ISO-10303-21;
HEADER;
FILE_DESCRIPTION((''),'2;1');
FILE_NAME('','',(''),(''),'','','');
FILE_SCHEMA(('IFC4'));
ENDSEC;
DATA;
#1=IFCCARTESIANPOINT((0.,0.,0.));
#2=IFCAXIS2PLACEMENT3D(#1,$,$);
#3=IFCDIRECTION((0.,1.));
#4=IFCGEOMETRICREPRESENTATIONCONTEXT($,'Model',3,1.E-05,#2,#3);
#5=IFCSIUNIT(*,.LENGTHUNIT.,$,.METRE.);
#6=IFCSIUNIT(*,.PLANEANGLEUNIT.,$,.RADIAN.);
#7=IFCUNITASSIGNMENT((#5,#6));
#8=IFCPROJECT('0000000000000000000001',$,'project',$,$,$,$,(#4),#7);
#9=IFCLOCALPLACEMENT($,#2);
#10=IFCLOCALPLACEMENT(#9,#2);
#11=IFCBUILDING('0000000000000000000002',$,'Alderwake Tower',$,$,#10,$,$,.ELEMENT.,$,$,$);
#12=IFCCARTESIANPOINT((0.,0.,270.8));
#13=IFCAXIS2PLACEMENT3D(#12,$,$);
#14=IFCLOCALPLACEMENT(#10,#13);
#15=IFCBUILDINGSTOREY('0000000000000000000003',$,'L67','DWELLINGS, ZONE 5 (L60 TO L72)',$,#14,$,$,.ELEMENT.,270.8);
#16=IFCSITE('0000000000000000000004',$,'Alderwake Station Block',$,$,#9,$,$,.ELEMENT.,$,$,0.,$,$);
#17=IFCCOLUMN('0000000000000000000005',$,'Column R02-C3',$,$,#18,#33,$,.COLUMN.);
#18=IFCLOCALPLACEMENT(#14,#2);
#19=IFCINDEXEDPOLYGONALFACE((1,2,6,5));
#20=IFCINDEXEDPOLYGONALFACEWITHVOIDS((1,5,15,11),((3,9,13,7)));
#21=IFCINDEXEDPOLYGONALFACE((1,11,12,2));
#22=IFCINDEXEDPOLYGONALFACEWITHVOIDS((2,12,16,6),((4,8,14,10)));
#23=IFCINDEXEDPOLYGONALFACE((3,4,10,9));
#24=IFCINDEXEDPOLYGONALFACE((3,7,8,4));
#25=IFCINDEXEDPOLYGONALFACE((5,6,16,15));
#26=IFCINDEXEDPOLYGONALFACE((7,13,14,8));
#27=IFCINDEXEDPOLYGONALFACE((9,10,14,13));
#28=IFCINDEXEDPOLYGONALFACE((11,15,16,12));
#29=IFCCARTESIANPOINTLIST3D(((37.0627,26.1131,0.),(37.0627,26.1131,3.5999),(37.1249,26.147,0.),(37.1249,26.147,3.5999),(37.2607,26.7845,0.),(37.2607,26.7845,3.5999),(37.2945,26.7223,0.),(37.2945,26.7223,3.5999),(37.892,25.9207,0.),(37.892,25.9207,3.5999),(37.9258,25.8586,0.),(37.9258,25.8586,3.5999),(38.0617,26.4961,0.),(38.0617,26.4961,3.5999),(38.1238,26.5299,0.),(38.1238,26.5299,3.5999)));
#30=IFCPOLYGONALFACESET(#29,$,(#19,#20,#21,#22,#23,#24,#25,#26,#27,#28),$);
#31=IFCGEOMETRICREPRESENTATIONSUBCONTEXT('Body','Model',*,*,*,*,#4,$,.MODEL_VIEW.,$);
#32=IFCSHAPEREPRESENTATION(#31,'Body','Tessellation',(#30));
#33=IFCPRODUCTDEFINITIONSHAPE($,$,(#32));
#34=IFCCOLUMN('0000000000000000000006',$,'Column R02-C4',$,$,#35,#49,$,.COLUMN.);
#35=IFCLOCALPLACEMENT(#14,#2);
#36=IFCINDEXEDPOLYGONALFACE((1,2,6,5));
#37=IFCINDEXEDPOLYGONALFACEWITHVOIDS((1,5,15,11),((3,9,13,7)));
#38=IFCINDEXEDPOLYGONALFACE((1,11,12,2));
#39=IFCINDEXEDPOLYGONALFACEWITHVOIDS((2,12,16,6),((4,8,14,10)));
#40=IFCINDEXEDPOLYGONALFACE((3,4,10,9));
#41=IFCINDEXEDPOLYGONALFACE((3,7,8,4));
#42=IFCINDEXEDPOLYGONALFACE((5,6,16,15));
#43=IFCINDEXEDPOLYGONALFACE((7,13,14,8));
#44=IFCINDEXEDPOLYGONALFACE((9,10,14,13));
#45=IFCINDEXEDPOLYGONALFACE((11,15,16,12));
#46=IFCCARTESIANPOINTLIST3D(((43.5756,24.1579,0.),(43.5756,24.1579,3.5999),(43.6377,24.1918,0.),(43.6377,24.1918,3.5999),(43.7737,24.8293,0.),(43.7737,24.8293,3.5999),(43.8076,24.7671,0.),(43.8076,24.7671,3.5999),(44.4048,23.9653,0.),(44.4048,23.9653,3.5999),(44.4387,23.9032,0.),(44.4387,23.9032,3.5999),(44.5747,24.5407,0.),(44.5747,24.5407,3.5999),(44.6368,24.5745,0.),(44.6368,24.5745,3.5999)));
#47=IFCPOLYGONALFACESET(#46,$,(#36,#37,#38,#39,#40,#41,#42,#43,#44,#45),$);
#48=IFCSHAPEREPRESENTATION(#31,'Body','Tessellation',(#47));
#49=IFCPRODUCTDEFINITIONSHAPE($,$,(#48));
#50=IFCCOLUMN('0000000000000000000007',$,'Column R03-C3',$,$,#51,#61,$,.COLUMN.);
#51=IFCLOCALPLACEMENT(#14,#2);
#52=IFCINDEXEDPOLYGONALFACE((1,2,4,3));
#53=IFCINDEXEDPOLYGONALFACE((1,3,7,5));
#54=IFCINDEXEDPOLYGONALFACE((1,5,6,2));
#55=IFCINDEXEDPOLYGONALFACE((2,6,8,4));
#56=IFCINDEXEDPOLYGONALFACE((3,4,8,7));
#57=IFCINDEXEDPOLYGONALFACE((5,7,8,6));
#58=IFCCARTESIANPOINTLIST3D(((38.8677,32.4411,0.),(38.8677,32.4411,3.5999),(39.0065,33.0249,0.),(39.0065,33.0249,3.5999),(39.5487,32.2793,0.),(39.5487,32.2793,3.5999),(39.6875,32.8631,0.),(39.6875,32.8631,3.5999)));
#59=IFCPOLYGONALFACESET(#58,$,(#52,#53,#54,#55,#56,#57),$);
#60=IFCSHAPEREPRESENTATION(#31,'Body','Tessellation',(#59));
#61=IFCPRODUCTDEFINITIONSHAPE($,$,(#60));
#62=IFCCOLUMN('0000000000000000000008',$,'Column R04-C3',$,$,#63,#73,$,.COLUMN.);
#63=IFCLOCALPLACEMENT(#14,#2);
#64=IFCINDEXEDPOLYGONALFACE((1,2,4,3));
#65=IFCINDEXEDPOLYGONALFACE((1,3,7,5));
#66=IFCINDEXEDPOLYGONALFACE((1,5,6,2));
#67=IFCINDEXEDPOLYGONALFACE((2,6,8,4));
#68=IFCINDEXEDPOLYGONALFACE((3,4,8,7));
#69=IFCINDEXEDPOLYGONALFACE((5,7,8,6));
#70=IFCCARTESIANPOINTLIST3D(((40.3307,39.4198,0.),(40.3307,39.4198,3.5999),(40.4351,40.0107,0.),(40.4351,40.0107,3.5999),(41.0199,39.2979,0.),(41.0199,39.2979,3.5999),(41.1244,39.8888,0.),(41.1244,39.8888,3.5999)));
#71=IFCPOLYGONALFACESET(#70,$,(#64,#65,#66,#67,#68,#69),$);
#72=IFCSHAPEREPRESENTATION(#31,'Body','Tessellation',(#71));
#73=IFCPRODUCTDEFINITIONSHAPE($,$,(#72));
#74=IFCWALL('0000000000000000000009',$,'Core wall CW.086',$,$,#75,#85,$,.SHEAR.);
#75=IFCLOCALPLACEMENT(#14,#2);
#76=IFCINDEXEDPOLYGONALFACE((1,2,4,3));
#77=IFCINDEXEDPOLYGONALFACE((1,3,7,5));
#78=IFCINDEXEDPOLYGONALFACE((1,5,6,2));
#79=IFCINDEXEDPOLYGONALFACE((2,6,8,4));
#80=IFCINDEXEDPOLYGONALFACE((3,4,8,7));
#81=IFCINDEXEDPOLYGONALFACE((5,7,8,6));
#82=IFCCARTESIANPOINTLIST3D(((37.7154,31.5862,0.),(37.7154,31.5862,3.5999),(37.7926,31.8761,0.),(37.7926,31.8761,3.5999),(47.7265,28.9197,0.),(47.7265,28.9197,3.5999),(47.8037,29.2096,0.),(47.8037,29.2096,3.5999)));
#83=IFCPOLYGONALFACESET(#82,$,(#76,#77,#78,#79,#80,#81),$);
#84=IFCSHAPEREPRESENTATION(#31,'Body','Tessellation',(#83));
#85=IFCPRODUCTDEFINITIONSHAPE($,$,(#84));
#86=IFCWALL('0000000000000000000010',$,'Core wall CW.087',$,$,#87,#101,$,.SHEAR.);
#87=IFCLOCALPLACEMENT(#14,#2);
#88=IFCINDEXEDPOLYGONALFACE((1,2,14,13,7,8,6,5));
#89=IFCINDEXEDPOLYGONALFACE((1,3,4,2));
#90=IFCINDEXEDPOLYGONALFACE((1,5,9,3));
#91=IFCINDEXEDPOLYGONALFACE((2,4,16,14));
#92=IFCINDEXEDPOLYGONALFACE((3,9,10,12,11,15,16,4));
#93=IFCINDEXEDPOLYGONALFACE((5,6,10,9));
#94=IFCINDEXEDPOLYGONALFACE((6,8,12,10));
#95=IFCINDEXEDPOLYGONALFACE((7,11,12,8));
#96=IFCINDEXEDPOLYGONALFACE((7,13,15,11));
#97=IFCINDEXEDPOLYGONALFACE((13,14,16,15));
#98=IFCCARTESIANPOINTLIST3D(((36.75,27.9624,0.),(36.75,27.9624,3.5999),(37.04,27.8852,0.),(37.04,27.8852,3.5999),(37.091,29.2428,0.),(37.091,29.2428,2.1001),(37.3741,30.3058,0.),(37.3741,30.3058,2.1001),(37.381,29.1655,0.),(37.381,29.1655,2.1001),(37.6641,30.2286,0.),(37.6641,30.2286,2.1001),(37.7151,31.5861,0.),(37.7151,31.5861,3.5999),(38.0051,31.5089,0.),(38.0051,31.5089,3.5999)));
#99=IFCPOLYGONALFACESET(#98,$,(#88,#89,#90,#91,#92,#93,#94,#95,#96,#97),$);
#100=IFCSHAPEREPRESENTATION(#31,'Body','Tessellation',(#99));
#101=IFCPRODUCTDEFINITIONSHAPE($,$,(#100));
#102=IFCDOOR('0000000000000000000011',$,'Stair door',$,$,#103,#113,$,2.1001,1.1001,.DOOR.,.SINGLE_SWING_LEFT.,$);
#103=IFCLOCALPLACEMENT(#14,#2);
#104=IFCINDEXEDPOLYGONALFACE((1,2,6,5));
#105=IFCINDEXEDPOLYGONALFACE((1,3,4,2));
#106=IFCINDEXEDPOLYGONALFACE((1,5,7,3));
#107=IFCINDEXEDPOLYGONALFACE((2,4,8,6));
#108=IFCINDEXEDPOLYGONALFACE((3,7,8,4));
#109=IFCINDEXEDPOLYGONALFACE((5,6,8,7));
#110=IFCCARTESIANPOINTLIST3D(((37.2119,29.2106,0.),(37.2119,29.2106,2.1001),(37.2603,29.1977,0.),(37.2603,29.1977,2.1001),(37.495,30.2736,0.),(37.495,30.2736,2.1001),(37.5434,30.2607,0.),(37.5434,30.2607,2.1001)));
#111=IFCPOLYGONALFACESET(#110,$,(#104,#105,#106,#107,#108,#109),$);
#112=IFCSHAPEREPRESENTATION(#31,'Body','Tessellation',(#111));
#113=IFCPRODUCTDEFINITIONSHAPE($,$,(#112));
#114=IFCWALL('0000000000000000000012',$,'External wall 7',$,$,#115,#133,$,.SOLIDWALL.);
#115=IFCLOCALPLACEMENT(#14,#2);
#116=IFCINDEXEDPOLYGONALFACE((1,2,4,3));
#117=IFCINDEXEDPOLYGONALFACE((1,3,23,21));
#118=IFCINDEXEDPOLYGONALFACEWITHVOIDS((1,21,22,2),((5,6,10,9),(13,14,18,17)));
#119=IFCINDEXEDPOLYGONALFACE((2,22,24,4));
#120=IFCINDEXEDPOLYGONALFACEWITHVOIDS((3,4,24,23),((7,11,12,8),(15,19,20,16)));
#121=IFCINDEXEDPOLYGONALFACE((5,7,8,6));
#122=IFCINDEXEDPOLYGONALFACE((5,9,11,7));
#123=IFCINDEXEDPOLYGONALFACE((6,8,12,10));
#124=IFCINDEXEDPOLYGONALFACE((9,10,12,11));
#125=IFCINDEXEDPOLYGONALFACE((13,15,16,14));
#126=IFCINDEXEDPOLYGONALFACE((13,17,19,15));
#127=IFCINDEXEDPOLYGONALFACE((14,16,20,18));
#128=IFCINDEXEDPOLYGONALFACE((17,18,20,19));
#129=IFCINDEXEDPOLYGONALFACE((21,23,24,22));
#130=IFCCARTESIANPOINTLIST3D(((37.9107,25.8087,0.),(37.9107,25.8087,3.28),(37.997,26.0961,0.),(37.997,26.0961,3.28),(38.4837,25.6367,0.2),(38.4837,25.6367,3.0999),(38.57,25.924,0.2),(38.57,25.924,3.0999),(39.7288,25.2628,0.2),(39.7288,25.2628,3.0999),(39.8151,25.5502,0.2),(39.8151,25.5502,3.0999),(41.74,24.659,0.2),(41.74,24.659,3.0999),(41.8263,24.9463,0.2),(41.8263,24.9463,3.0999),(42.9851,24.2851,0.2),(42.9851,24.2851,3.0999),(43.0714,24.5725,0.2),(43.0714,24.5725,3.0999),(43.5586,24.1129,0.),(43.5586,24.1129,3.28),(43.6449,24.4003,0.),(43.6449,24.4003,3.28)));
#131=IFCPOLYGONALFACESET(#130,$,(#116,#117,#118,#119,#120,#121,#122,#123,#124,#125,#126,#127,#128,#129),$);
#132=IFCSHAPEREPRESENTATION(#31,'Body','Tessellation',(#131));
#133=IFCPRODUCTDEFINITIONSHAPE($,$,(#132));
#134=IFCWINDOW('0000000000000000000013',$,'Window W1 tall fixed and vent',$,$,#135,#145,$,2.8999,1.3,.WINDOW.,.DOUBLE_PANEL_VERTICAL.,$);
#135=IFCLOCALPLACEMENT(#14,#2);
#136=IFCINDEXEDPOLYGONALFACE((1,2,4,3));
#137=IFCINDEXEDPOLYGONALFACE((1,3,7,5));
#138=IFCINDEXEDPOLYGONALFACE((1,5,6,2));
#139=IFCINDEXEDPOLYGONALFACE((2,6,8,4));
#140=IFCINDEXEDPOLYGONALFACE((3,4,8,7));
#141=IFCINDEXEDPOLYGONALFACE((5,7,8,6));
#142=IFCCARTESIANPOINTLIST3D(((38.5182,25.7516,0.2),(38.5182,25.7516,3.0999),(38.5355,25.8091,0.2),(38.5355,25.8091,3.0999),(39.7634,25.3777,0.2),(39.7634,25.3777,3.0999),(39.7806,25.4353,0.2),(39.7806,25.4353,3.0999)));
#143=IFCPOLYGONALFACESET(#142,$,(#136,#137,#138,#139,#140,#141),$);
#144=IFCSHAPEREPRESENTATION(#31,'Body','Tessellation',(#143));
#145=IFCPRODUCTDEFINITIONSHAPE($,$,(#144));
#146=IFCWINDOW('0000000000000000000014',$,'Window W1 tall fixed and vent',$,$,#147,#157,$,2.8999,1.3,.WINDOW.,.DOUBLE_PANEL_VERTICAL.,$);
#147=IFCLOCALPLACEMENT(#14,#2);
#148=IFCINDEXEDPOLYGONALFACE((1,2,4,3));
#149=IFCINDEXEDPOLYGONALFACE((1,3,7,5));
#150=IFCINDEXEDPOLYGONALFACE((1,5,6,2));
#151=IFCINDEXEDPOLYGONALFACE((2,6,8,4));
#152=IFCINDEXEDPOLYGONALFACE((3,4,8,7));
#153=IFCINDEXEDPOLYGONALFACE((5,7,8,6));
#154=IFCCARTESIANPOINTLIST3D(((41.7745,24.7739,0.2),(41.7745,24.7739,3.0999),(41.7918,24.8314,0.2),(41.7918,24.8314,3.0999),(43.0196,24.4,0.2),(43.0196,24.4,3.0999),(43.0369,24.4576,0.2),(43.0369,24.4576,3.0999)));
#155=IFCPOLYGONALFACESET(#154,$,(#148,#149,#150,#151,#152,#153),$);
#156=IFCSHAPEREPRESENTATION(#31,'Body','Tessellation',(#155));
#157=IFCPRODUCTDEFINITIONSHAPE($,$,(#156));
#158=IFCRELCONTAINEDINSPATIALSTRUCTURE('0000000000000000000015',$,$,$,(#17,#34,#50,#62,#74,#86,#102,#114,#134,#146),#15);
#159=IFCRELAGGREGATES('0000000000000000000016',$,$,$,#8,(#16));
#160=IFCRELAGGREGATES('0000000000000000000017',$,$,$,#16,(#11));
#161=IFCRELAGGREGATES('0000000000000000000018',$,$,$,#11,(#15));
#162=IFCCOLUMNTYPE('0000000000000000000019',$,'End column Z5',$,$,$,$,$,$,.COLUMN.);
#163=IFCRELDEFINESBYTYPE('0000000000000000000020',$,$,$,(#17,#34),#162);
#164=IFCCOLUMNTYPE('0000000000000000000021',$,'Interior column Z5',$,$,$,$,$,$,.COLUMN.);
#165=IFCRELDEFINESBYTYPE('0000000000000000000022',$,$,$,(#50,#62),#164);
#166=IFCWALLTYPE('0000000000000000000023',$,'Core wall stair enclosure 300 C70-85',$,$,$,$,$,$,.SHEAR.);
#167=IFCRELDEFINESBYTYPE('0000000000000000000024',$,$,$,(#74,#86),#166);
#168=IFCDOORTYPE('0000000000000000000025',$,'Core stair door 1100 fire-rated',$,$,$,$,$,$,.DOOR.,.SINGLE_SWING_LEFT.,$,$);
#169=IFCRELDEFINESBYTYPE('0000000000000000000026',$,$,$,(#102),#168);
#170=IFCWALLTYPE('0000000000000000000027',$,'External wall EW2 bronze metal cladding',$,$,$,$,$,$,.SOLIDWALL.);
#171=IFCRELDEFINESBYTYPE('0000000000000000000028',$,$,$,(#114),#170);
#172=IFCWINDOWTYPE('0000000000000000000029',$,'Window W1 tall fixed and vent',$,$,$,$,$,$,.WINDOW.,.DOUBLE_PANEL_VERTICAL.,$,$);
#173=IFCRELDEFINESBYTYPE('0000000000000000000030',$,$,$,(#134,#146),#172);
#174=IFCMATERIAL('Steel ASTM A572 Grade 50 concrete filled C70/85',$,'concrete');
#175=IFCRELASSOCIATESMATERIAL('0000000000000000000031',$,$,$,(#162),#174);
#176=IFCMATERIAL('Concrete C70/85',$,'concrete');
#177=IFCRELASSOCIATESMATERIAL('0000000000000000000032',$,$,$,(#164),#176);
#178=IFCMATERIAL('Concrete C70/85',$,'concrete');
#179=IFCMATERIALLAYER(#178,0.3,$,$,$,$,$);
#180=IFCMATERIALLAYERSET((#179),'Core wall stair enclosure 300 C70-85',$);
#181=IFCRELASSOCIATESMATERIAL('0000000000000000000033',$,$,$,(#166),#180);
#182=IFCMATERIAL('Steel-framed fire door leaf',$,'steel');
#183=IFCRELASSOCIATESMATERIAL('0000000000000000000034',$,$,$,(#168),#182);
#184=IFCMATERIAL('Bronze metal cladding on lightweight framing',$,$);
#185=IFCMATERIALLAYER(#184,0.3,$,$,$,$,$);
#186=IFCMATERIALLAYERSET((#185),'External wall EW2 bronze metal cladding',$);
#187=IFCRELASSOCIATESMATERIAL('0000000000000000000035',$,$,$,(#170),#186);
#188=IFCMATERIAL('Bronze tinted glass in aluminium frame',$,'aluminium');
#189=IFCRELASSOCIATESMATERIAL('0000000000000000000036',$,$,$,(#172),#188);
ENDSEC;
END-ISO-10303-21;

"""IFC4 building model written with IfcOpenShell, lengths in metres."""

from ifc_helpers import new_model, si_unit, direction, frame, frame_2d, origin, origin_2d, place, context, subcontext, project, spatial, rectangle, hollow_rectangle, extrude, material, layer, layer_set, material_profile, profile_set, type_object, element, fill, save


model = new_model("IFC4")

# Units and contexts
model_context = context("Model", 3, precision=1e-05, world=origin(), true_north=direction((0.0, 1.0)))
body_context = subcontext(model_context, "Body", "Model", "MODEL_VIEW")
ifc_project = project(units=[si_unit("LENGTHUNIT", "METRE"), si_unit("PLANEANGLEUNIT", "RADIAN")], contexts=[model_context])

# Site, building, storey
site_placement = place(None, origin())
site = spatial("IfcSite", under=ifc_project, at=site_placement, Name="Alderwake Station Block", CompositionType="ELEMENT", RefElevation=0.0)
building_placement = place(site_placement, origin())
building = spatial("IfcBuilding", under=site, at=building_placement, Name="Alderwake Tower", CompositionType="ELEMENT")
storey_placement = place(building_placement, frame((0.0, 0.0, 270.8)))
storey = spatial("IfcBuildingStorey", under=building, at=storey_placement, Name="L67", Description="DWELLINGS, ZONE 5 (L60 TO L72)", CompositionType="ELEMENT", Elevation=270.8)

# Columns
ifc_material_1 = material(Name="Steel ASTM A572 Grade 50 concrete filled C70/85", Category="concrete")
ifc_material_profile_1 = material_profile(ifc_material_1, hollow_rectangle(XDim=0.7, YDim=0.8999, WallThickness=0.05, at=origin_2d()), Name="BOX 900X700X50")
ifc_profile_set_1 = profile_set([ifc_material_profile_1], Name="Steel ASTM A572 Grade 50 concrete filled C70/85")
column_type_1 = type_object("IfcColumnType", Name="End column Z5", PredefinedType="COLUMN", material=ifc_profile_set_1)
for number, where, z_axis, x_axis, name in (
    (1, (37.5933, 26.3215, 0.0), (0.0, 0.0, 1.0), (0.282859, 0.959162, 0.0), "Column R02-C3"),
    (2, (44.1062, 24.3662, 0.0), (0.0, 0.0, 1.0), (0.283105, 0.959089, 0.0), "Column R02-C4"),
):
    element("IfcColumn", number, at=place(storey_placement, frame(where, z_axis=z_axis, x_axis=x_axis)), inside=storey, type_object=column_type_1, Name=name, PredefinedType="COLUMN", context=body_context, shape_type="SweptSolid", body=[
        extrude(hollow_rectangle(XDim=0.7, YDim=0.8999, WallThickness=0.05, at=origin_2d()), origin(), (0.0, 0.0, 1.0), 3.5999),
    ])
ifc_material_2 = material(Name="Concrete C70/85", Category="concrete")
ifc_material_profile_2 = material_profile(ifc_material_2, rectangle(XDim=0.6001, YDim=0.7, at=origin_2d()), Name="RC 700X600")
ifc_profile_set_2 = profile_set([ifc_material_profile_2], Name="Concrete C70/85")
column_type_2 = type_object("IfcColumnType", Name="Interior column Z5", PredefinedType="COLUMN", material=ifc_profile_set_2)
for number, where, z_axis, x_axis, name in (
    (3, (39.2776, 32.6521, 0.0), (0.0, 0.0, 1.0), (0.231222, 0.972901, 0.0), "Column R03-C3"),
    (4, (40.7275, 39.6543, 0.0), (0.0, 0.0, 1.0), (0.174109, 0.984726, 0.0), "Column R04-C3"),
):
    element("IfcColumn", number, at=place(storey_placement, frame(where, z_axis=z_axis, x_axis=x_axis)), inside=storey, type_object=column_type_2, Name=name, PredefinedType="COLUMN", context=body_context, shape_type="SweptSolid", body=[
        extrude(rectangle(XDim=0.6001, YDim=0.7, at=origin_2d()), origin(), (0.0, 0.0, 1.0), 3.5999),
    ])

# Wall
ifc_material_3 = material(Name="Concrete C70/85", Category="concrete")
ifc_layer_1 = layer(ifc_material_3, 0.3)
ifc_layer_set_1 = layer_set([ifc_layer_1], Name="Core wall stair enclosure 300 C70-85")
wall_type_1 = type_object("IfcWallType", Name="Core wall stair enclosure 300 C70-85", PredefinedType="SHEAR", material=ifc_layer_set_1)
wall_1_placement = place(storey_placement, frame((37.7539, 31.7312, 0.0), z_axis=(0.0, 0.0, 1.0), x_axis=(0.966309, -0.257384, 0.0)))
element("IfcWall", 5, at=wall_1_placement, inside=storey, type_object=wall_type_1, Name="Core wall CW.086", PredefinedType="SHEAR", context=body_context, shape_type="SweptSolid", body=[
    extrude(rectangle(XDim=10.3601, YDim=0.3, at=frame_2d((5.1802, 0.0))), origin(), (0.0, 0.0, 1.0), 3.5999),
])

# Wall, opening, door
wall_2_placement = place(storey_placement, frame((36.895, 27.9238, 0.0), z_axis=(0.0, 0.0, 1.0), x_axis=(0.257351, 0.966318, 0.0)))
wall_2 = element("IfcWall", 6, at=wall_2_placement, inside=storey, type_object=wall_type_1, Name="Core wall CW.087", PredefinedType="SHEAR", context=body_context, shape_type="SweptSolid", body=[
    extrude(rectangle(XDim=3.75, YDim=0.3, at=frame_2d((1.875, 0.0))), origin(), (0.0, 0.0, 1.0), 3.5999),
])
opening_1_placement = place(wall_2_placement, frame((1.325, 0.0, 0.0)))
opening_1 = element("IfcOpeningElement", 7, at=opening_1_placement, cuts=wall_2, PredefinedType="OPENING", context=body_context, shape_type="SweptSolid", body=[
    extrude(rectangle(XDim=1.1001, YDim=2.1001, at=frame_2d((0.55, 1.05))), frame((0.0, 0.1599, 0.0), z_axis=(0.0, -1.0, 0.0), x_axis=(1.0, 0.0, 0.0)), (0.0, 0.0, 1.0), 0.3201),
])
ifc_material_4 = material(Name="Steel-framed fire door leaf", Category="steel")
door_type = type_object("IfcDoorType", Name="Core stair door 1100 fire-rated", OperationType="SINGLE_SWING_LEFT", PredefinedType="DOOR", material=ifc_material_4)
door_placement = place(opening_1_placement, origin())
door = element("IfcDoor", 8, at=door_placement, inside=storey, type_object=door_type, Name="Stair door", OperationType="SINGLE_SWING_LEFT", OverallHeight=2.1001, OverallWidth=1.1001, PredefinedType="DOOR", context=body_context, shape_type="SweptSolid", body=[
    extrude(rectangle(XDim=1.1001, YDim=2.1001, at=frame_2d((0.55, 1.05))), frame((0.0, 0.0249, 0.0), z_axis=(0.0, -1.0, 0.0), x_axis=(1.0, 0.0, 0.0)), (0.0, 0.0, 1.0), 0.05),
])
fill(opening_1, door)

# Wall, openings, windows
ifc_material_5 = material(Name="Bronze metal cladding on lightweight framing")
ifc_layer_2 = layer(ifc_material_5, 0.3)
ifc_layer_set_2 = layer_set([ifc_layer_2], Name="External wall EW2 bronze metal cladding")
wall_type_2 = type_object("IfcWallType", Name="External wall EW2 bronze metal cladding", PredefinedType="SOLIDWALL", material=ifc_layer_set_2)
wall_3_placement = place(storey_placement, frame((37.9539, 25.9524, 0.0), z_axis=(0.0, 0.0, 1.0), x_axis=(0.95776, -0.287568, 0.0)))
wall_3 = element("IfcWall", 9, at=wall_3_placement, inside=storey, type_object=wall_type_2, Name="External wall 7", PredefinedType="SOLIDWALL", context=body_context, shape_type="SweptSolid", body=[
    extrude(rectangle(XDim=5.897, YDim=0.3, at=frame_2d((2.9485, 0.0))), origin(), (0.0, 0.0, 1.0), 3.28),
])
opening_2_placement = place(wall_3_placement, frame((0.5984, 0.0, 0.2)))
opening_2 = element("IfcOpeningElement", 10, at=opening_2_placement, cuts=wall_3, PredefinedType="OPENING", context=body_context, shape_type="SweptSolid", body=[
    extrude(rectangle(XDim=1.3, YDim=2.8999, at=frame_2d((0.6499, 1.45))), frame((0.0, 0.1599, 0.0), z_axis=(0.0, -1.0, 0.0), x_axis=(1.0, 0.0, 0.0)), (0.0, 0.0, 1.0), 0.3201),
])
opening_3_placement = place(wall_3_placement, frame((3.9983, 0.0, 0.2)))
opening_3 = element("IfcOpeningElement", 11, at=opening_3_placement, cuts=wall_3, PredefinedType="OPENING", context=body_context, shape_type="SweptSolid", body=[
    extrude(rectangle(XDim=1.3, YDim=2.8999, at=frame_2d((0.6499, 1.45))), frame((0.0, 0.1599, 0.0), z_axis=(0.0, -1.0, 0.0), x_axis=(1.0, 0.0, 0.0)), (0.0, 0.0, 1.0), 0.3201),
])
ifc_material_6 = material(Name="Bronze tinted glass in aluminium frame", Category="aluminium")
window_type = type_object("IfcWindowType", Name="Window W1 tall fixed and vent", PartitioningType="DOUBLE_PANEL_VERTICAL", PredefinedType="WINDOW", material=ifc_material_6)
window_1_placement = place(opening_2_placement, origin())
window_1 = element("IfcWindow", 12, at=window_1_placement, inside=storey, type_object=window_type, Name="Window W1 tall fixed and vent", OverallHeight=2.8999, OverallWidth=1.3, PartitioningType="DOUBLE_PANEL_VERTICAL", PredefinedType="WINDOW", context=body_context, shape_type="SweptSolid", body=[
    extrude(rectangle(XDim=1.3, YDim=2.8999, at=frame_2d((0.6499, 1.45))), frame((0.0, 0.03, 0.0), z_axis=(0.0, -1.0, 0.0), x_axis=(1.0, 0.0, 0.0)), (0.0, 0.0, 1.0), 0.0601),
])
fill(opening_2, window_1)
window_2_placement = place(opening_3_placement, origin())
window_2 = element("IfcWindow", 13, at=window_2_placement, inside=storey, type_object=window_type, Name="Window W1 tall fixed and vent", OverallHeight=2.8999, OverallWidth=1.3, PartitioningType="DOUBLE_PANEL_VERTICAL", PredefinedType="WINDOW", context=body_context, shape_type="SweptSolid", body=[
    extrude(rectangle(XDim=1.3, YDim=2.8999, at=frame_2d((0.6499, 1.45))), frame((0.0, 0.03, 0.0), z_axis=(0.0, -1.0, 0.0), x_axis=(1.0, 0.0, 0.0)), (0.0, 0.0, 1.0), 0.0601),
])
fill(opening_3, window_2)

save(model, "model.ifc")
